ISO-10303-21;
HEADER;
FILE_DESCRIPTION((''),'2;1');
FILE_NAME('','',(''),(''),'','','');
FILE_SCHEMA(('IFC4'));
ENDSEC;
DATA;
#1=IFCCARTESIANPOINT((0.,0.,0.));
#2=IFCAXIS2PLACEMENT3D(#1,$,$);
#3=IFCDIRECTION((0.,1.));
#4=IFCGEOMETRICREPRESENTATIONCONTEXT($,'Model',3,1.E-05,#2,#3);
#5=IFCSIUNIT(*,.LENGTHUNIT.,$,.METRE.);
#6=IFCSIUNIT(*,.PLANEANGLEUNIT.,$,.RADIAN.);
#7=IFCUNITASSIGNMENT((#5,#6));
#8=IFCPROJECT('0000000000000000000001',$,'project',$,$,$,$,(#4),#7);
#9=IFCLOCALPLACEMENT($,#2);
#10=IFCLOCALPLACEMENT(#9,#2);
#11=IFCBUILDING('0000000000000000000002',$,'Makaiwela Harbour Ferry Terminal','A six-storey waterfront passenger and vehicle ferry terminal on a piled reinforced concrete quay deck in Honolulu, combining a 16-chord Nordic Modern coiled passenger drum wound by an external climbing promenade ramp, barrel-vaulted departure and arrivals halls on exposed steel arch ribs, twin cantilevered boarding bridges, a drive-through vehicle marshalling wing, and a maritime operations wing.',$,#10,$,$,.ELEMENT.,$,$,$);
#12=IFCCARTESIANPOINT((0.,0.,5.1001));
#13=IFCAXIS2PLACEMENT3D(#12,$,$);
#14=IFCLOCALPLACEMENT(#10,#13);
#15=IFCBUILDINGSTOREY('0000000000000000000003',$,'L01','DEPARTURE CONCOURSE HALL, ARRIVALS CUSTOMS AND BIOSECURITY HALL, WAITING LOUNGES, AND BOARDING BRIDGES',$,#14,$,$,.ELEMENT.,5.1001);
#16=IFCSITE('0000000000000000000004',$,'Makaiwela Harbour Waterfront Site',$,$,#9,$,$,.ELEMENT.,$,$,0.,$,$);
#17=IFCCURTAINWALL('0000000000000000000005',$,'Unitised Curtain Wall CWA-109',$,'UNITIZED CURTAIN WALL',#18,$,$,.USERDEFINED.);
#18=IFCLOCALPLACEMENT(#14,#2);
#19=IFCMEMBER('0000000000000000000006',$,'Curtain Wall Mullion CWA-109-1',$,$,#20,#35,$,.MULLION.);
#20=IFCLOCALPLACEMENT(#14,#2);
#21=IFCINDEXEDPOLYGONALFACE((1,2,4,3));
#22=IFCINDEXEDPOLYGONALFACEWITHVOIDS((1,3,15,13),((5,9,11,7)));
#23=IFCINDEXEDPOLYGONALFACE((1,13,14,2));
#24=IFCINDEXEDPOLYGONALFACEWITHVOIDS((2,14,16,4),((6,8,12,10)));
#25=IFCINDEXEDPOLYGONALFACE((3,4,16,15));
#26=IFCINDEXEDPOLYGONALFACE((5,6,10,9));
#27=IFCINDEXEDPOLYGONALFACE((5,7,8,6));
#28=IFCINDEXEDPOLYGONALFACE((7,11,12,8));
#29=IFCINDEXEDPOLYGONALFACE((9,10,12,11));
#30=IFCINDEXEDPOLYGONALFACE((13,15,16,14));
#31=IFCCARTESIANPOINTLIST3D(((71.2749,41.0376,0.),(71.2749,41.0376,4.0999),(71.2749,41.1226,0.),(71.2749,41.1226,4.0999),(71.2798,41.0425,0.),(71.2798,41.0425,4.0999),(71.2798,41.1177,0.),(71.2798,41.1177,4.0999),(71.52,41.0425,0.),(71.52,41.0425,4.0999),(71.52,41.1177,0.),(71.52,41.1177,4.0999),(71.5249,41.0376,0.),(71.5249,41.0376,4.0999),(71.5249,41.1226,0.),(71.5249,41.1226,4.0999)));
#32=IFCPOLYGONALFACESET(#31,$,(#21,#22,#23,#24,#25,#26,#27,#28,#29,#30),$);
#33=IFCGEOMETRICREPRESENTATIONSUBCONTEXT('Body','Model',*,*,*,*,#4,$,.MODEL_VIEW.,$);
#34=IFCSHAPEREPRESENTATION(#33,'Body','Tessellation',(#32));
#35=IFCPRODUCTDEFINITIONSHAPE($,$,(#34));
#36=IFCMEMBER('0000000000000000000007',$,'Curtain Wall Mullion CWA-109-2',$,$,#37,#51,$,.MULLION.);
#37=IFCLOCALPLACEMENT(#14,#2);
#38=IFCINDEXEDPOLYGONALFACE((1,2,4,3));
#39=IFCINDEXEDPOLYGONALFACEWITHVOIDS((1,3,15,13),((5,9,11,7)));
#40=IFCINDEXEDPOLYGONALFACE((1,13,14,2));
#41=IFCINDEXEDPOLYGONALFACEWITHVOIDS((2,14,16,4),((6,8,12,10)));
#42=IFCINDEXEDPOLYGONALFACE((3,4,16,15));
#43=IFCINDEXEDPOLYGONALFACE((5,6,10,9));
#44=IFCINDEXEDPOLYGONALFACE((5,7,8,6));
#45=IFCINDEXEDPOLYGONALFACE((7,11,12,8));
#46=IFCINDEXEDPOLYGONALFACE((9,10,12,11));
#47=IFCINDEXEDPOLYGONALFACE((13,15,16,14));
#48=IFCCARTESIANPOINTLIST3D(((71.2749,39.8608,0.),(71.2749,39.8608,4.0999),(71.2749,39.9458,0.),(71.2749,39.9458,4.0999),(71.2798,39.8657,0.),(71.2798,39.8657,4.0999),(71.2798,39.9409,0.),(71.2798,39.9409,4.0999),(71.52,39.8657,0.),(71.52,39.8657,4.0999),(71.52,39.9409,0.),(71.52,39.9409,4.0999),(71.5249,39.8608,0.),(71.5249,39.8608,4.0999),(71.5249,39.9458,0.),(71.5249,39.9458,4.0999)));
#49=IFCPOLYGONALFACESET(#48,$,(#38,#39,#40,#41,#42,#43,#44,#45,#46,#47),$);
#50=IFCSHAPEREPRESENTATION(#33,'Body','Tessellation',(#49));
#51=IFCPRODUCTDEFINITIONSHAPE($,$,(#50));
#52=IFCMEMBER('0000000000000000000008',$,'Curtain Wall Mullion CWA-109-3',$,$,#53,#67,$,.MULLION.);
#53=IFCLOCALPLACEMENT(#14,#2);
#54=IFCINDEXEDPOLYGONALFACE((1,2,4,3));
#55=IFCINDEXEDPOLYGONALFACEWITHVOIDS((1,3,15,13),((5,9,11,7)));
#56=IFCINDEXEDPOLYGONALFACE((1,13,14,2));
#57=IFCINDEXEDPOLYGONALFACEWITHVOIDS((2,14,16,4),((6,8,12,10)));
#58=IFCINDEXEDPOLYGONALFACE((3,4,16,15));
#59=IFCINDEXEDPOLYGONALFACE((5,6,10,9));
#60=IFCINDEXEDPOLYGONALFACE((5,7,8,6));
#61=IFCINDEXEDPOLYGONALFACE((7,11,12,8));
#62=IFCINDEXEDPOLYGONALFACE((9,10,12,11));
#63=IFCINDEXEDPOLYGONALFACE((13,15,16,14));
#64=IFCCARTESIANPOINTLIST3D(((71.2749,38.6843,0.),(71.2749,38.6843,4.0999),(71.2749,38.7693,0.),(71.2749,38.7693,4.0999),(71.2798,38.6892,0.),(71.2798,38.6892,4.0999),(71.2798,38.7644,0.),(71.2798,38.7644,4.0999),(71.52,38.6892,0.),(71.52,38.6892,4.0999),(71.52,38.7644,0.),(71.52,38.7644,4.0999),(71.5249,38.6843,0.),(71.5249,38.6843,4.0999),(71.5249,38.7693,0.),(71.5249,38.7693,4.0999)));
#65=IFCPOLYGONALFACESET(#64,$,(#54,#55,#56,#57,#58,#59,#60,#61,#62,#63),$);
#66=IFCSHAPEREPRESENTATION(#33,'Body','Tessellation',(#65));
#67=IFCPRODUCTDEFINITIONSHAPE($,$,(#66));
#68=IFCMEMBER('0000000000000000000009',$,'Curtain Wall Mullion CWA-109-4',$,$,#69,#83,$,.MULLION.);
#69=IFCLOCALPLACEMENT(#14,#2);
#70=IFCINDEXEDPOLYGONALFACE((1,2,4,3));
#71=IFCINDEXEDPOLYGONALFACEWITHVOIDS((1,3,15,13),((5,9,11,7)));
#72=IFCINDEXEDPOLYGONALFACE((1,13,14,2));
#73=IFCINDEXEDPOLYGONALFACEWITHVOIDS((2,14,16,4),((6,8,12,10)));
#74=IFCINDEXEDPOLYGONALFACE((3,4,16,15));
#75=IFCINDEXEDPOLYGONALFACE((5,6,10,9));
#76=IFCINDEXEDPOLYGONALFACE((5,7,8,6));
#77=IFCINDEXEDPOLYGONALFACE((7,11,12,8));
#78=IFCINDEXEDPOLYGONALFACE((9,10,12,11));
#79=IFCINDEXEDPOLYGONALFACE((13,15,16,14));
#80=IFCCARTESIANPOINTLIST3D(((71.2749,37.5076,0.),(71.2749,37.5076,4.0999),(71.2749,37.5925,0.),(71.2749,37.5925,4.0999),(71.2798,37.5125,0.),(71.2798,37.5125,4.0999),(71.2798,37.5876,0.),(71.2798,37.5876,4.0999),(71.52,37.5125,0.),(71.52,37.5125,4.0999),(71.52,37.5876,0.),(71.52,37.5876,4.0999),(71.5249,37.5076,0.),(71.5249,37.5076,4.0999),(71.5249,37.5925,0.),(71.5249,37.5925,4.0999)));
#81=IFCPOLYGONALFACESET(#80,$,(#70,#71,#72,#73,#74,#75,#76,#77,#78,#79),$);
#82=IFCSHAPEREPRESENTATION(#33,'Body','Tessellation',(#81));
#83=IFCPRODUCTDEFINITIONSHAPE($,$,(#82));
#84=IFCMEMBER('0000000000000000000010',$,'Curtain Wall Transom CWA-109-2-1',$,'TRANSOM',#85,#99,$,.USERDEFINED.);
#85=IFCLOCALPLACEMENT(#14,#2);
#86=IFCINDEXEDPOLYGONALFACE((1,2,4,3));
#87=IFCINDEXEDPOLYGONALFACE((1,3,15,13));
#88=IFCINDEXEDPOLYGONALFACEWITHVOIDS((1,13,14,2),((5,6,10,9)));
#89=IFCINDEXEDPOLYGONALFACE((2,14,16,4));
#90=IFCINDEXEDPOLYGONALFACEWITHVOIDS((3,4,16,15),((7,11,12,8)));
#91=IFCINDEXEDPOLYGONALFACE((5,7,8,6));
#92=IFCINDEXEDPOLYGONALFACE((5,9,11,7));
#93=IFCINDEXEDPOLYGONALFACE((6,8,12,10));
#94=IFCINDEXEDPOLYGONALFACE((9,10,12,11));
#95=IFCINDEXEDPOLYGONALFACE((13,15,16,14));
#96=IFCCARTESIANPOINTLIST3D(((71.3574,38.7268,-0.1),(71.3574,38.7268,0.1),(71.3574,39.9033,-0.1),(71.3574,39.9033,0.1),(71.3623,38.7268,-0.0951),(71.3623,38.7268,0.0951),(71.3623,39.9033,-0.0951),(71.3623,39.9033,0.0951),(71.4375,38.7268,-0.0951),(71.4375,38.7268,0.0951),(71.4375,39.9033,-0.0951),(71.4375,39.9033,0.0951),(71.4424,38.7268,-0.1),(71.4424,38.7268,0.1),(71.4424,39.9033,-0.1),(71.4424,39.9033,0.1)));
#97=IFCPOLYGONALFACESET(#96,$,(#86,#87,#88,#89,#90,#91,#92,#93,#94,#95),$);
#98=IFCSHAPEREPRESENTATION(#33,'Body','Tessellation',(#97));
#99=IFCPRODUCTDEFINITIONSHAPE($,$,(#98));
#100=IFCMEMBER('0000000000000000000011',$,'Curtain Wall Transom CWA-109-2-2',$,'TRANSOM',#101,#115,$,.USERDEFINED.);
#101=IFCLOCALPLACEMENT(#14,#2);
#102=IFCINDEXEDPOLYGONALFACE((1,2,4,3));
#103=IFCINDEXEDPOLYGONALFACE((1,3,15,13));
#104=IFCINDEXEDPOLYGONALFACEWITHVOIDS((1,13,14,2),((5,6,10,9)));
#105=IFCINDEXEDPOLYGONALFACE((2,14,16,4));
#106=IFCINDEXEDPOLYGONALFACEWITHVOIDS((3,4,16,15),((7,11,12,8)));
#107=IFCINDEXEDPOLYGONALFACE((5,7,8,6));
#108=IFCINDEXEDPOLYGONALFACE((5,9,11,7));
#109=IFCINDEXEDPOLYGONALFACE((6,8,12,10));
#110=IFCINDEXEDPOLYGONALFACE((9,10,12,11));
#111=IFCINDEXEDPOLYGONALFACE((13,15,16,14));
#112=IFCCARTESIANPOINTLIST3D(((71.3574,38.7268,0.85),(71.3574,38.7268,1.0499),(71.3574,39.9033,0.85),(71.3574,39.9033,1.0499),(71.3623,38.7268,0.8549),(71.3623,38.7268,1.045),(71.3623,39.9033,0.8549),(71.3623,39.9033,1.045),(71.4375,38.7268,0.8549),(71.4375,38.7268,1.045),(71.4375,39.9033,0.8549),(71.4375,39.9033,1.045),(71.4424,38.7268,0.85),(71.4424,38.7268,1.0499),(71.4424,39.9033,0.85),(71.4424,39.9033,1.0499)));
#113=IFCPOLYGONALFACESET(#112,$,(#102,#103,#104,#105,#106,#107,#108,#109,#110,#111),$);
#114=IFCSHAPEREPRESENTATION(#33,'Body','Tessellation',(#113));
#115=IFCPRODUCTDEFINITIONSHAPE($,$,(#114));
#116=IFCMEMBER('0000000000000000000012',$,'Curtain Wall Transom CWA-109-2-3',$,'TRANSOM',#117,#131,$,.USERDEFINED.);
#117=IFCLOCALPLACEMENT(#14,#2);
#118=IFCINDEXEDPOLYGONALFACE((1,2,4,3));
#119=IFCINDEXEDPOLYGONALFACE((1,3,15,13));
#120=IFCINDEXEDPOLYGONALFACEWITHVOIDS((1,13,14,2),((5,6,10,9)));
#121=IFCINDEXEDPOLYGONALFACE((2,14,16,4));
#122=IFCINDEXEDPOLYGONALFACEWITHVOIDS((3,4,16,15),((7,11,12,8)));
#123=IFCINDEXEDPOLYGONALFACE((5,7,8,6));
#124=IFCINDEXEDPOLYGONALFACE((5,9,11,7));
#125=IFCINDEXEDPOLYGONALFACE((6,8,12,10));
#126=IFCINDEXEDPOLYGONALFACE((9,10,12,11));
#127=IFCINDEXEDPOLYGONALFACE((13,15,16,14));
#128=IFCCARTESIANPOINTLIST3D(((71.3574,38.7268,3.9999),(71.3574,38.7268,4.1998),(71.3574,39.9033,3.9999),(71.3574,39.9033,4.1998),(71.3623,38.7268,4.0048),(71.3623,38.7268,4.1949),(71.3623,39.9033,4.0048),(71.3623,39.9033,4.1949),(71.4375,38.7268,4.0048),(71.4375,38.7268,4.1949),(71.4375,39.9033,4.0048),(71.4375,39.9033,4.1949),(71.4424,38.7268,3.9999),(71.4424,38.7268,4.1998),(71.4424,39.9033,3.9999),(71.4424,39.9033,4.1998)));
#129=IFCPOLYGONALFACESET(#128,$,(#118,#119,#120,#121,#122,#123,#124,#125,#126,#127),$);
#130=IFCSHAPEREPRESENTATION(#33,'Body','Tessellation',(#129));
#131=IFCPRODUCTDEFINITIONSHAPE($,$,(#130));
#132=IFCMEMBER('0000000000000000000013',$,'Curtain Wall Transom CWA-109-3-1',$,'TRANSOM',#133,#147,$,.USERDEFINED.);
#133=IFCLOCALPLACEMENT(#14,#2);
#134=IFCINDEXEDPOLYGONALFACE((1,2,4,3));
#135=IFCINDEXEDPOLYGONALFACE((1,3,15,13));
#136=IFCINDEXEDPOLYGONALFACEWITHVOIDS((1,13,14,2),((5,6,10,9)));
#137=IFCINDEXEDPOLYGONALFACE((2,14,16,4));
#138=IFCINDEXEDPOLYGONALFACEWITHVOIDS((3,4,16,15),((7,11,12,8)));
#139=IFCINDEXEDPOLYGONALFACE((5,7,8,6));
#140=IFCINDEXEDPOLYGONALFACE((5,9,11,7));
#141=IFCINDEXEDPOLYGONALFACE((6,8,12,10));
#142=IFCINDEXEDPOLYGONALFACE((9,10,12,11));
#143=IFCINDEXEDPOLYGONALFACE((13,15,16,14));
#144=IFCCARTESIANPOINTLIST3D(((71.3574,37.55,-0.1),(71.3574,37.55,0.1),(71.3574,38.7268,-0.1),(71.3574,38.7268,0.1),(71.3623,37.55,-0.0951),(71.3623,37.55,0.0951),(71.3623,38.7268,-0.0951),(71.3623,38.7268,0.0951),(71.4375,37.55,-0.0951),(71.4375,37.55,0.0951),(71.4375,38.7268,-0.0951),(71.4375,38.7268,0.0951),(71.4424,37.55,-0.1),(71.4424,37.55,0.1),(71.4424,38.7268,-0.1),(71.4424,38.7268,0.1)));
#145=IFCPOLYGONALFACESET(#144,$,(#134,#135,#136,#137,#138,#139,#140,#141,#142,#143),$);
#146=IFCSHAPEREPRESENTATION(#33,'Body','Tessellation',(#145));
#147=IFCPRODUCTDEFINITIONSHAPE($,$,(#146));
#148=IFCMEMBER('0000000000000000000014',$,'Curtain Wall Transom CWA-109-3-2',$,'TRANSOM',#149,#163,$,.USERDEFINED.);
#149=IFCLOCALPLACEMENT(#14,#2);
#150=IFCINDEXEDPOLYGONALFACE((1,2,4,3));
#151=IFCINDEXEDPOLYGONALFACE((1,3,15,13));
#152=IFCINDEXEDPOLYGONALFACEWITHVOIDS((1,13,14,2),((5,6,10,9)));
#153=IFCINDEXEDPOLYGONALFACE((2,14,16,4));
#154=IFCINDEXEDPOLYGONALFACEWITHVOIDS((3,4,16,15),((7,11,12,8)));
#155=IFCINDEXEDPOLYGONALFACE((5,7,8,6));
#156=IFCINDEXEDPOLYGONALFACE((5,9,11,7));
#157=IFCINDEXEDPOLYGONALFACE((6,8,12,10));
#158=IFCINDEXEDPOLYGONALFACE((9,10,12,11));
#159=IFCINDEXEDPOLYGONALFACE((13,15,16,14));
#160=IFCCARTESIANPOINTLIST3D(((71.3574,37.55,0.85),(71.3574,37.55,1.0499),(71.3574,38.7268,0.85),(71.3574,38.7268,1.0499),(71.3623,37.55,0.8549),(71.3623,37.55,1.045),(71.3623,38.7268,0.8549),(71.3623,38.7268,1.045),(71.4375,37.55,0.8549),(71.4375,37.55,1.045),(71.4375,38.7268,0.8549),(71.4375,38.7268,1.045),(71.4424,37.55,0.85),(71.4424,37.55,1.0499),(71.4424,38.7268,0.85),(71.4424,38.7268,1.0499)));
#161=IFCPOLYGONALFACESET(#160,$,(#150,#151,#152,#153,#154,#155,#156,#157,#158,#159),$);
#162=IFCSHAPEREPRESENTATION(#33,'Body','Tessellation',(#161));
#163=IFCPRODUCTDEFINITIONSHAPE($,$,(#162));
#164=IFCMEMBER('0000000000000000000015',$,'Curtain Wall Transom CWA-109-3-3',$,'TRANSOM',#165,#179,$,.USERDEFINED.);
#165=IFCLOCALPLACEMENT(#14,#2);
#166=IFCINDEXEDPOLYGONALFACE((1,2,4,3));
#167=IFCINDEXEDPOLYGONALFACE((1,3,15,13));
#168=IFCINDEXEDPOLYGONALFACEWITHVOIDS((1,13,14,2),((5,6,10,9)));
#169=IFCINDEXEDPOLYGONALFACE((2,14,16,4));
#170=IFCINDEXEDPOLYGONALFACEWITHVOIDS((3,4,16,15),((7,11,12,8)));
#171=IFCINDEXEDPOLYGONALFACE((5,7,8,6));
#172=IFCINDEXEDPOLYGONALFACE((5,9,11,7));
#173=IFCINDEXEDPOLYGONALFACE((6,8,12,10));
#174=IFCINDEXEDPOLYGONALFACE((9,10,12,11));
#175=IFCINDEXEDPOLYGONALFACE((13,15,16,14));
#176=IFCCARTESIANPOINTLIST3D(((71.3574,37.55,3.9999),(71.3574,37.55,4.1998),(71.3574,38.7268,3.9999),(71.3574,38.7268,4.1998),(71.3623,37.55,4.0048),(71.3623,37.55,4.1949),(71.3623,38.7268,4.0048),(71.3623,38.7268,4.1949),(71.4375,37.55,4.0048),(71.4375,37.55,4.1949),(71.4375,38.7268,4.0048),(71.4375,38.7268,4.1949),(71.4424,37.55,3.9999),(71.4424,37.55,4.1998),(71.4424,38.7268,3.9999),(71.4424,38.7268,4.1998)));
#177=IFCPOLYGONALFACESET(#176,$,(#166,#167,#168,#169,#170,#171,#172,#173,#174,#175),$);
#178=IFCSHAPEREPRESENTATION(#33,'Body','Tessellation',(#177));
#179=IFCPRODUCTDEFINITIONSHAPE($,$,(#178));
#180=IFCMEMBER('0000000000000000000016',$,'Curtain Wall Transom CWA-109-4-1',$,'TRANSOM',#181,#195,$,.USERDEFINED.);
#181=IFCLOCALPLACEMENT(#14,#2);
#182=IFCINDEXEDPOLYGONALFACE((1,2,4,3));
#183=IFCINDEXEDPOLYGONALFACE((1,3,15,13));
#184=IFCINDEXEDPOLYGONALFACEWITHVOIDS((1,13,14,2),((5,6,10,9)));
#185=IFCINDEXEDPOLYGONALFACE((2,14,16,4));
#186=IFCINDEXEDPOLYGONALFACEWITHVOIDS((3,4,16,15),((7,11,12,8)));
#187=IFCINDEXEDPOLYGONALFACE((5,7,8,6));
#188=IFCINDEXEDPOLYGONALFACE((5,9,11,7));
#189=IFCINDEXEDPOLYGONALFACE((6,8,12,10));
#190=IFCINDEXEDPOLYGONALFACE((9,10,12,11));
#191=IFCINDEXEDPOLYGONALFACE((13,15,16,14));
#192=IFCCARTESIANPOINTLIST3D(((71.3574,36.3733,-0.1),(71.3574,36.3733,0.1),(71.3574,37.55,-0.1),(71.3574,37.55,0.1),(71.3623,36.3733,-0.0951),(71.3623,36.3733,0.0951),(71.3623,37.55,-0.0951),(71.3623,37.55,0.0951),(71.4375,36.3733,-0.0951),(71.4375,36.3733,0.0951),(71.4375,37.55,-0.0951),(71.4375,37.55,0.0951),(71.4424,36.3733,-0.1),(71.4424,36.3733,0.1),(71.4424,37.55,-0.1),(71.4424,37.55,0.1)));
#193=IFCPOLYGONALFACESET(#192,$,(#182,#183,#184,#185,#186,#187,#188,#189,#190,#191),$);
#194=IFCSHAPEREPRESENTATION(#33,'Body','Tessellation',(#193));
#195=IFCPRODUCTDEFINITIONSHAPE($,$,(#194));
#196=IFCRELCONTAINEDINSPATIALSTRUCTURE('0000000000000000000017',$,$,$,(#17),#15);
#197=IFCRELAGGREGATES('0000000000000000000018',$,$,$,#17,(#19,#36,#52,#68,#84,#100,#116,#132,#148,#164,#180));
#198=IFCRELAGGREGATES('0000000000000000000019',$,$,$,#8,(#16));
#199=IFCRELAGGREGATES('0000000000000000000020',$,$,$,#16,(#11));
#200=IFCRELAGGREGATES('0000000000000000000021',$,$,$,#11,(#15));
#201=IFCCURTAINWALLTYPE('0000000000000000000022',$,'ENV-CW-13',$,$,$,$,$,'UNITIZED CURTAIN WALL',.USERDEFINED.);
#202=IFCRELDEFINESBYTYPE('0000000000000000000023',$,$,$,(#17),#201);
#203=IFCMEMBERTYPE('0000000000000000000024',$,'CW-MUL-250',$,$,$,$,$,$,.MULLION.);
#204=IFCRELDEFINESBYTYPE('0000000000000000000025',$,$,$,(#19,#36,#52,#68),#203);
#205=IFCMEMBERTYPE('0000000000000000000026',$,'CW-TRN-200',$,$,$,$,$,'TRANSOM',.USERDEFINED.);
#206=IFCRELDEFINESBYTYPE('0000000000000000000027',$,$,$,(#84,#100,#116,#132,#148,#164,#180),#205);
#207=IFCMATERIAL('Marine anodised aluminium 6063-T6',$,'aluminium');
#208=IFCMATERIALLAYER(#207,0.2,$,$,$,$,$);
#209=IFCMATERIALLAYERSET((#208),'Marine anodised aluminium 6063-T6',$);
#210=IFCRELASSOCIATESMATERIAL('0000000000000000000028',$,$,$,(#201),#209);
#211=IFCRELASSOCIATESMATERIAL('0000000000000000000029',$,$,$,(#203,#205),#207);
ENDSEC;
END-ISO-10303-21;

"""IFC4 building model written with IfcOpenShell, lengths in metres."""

from ifc_helpers import new_model, si_unit, direction, frame, origin, origin_2d, place, context, subcontext, project, spatial, hollow_rectangle, extrude, material, layer, layer_set, material_profile, profile_set, type_object, element, aggregate, save


model = new_model("IFC4")

# Units and contexts
model_context = context("Model", 3, precision=1e-05, world=origin(), true_north=direction((0.0, 1.0)))
body_context = subcontext(model_context, "Body", "Model", "MODEL_VIEW")
ifc_project = project(units=[si_unit("LENGTHUNIT", "METRE"), si_unit("PLANEANGLEUNIT", "RADIAN")], contexts=[model_context])

# Site, building, storey
site_placement = place(None, origin())
site = spatial("IfcSite", under=ifc_project, at=site_placement, Name="Makaiwela Harbour Waterfront Site", CompositionType="ELEMENT", RefElevation=0.0)
building_placement = place(site_placement, origin())
building = spatial("IfcBuilding", under=site, at=building_placement, Name="Makaiwela Harbour Ferry Terminal", Description="A six-storey waterfront passenger and vehicle ferry terminal on a piled reinforced concrete quay deck in Honolulu, combining a 16-chord Nordic Modern coiled passenger drum wound by an external climbing promenade ramp, barrel-vaulted departure and arrivals halls on exposed steel arch ribs, twin cantilevered boarding bridges, a drive-through vehicle marshalling wing, and a maritime operations wing.", CompositionType="ELEMENT")
storey_placement = place(building_placement, frame((0.0, 0.0, 5.1001)))
storey = spatial("IfcBuildingStorey", under=building, at=storey_placement, Name="L01", Description="DEPARTURE CONCOURSE HALL, ARRIVALS CUSTOMS AND BIOSECURITY HALL, WAITING LOUNGES, AND BOARDING BRIDGES", CompositionType="ELEMENT", Elevation=5.1001)

# Curtain wall, members
ifc_material_1 = material(Name="Marine anodised aluminium 6063-T6", Category="aluminium")
ifc_layer_1 = layer(ifc_material_1, 0.2)
ifc_layer_set_1 = layer_set([ifc_layer_1], Name="Marine anodised aluminium 6063-T6")
curtain_wall_type = type_object("IfcCurtainWallType", Name="ENV-CW-13", ElementType="UNITIZED CURTAIN WALL", PredefinedType="USERDEFINED", material=ifc_layer_set_1)
curtain_wall_placement = place(storey_placement, origin())
curtain_wall = element("IfcCurtainWall", 1, at=curtain_wall_placement, inside=storey, type_object=curtain_wall_type, Name="Unitised Curtain Wall CWA-109", ObjectType="UNITIZED CURTAIN WALL", PredefinedType="USERDEFINED")
ifc_material_profile_1 = material_profile(ifc_material_1, hollow_rectangle(XDim=0.085, YDim=0.25, WallThickness=0.0049, at=origin_2d()), Name="CWM-250X85")
ifc_profile_set_1 = profile_set([ifc_material_profile_1], Name="Marine anodised aluminium 6063-T6")
member_type_1 = type_object("IfcMemberType", Name="CW-MUL-250", PredefinedType="MULLION", material=ifc_profile_set_1)
member_1_placement = place(storey_placement, frame((71.3999, 41.0801, 0.0), z_axis=(0.0, 0.0, 1.0), x_axis=(0.0, 1.0, 0.0)))
member_1 = element("IfcMember", 2, at=member_1_placement, type_object=member_type_1, Name="Curtain Wall Mullion CWA-109-1", PredefinedType="MULLION", context=body_context, shape_type="SweptSolid", body=[
    extrude(hollow_rectangle(XDim=0.085, YDim=0.25, WallThickness=0.0049, at=origin_2d()), origin(), (0.0, 0.0, 1.0), 4.0999),
])
member_2_placement = place(storey_placement, frame((71.3999, 39.9033, 0.0), z_axis=(0.0, 0.0, 1.0), x_axis=(0.0, 1.0, 0.0)))
member_2 = element("IfcMember", 3, at=member_2_placement, type_object=member_type_1, Name="Curtain Wall Mullion CWA-109-2", PredefinedType="MULLION", context=body_context, shape_type="SweptSolid", body=[
    extrude(hollow_rectangle(XDim=0.085, YDim=0.25, WallThickness=0.0049, at=origin_2d()), origin(), (0.0, 0.0, 1.0), 4.0999),
])
member_3_placement = place(storey_placement, frame((71.3999, 38.7268, 0.0), z_axis=(0.0, 0.0, 1.0), x_axis=(0.0, 1.0, 0.0)))
member_3 = element("IfcMember", 4, at=member_3_placement, type_object=member_type_1, Name="Curtain Wall Mullion CWA-109-3", PredefinedType="MULLION", context=body_context, shape_type="SweptSolid", body=[
    extrude(hollow_rectangle(XDim=0.085, YDim=0.25, WallThickness=0.0049, at=origin_2d()), origin(), (0.0, 0.0, 1.0), 4.0999),
])
member_4_placement = place(storey_placement, frame((71.3999, 37.55, 0.0), z_axis=(0.0, 0.0, 1.0), x_axis=(0.0, 1.0, 0.0)))
member_4 = element("IfcMember", 5, at=member_4_placement, type_object=member_type_1, Name="Curtain Wall Mullion CWA-109-4", PredefinedType="MULLION", context=body_context, shape_type="SweptSolid", body=[
    extrude(hollow_rectangle(XDim=0.085, YDim=0.25, WallThickness=0.0049, at=origin_2d()), origin(), (0.0, 0.0, 1.0), 4.0999),
])
ifc_material_profile_2 = material_profile(ifc_material_1, hollow_rectangle(XDim=0.085, YDim=0.2, WallThickness=0.0049, at=origin_2d()), Name="CWT-200X85")
ifc_profile_set_2 = profile_set([ifc_material_profile_2], Name="Marine anodised aluminium 6063-T6")
member_type_2 = type_object("IfcMemberType", Name="CW-TRN-200", ElementType="TRANSOM", PredefinedType="USERDEFINED", material=ifc_profile_set_2)
member_5_placement = place(storey_placement, frame((71.3999, 39.9033, 0.0), z_axis=(0.0, -1.0, 0.0), x_axis=(1.0, 0.0, 0.0)))
member_5 = element("IfcMember", 6, at=member_5_placement, type_object=member_type_2, Name="Curtain Wall Transom CWA-109-2-1", ObjectType="TRANSOM", PredefinedType="USERDEFINED", context=body_context, shape_type="SweptSolid", body=[
    extrude(hollow_rectangle(XDim=0.085, YDim=0.2, WallThickness=0.0049, at=origin_2d()), origin(), (0.0, 0.0, 1.0), 1.1765),
])
member_6_placement = place(storey_placement, frame((71.3999, 39.9033, 0.95), z_axis=(0.0, -1.0, 0.0), x_axis=(1.0, 0.0, 0.0)))
member_6 = element("IfcMember", 7, at=member_6_placement, type_object=member_type_2, Name="Curtain Wall Transom CWA-109-2-2", ObjectType="TRANSOM", PredefinedType="USERDEFINED", context=body_context, shape_type="SweptSolid", body=[
    extrude(hollow_rectangle(XDim=0.085, YDim=0.2, WallThickness=0.0049, at=origin_2d()), origin(), (0.0, 0.0, 1.0), 1.1765),
])
member_7_placement = place(storey_placement, frame((71.3999, 39.9033, 4.0999), z_axis=(0.0, -1.0, 0.0), x_axis=(1.0, 0.0, 0.0)))
member_7 = element("IfcMember", 8, at=member_7_placement, type_object=member_type_2, Name="Curtain Wall Transom CWA-109-2-3", ObjectType="TRANSOM", PredefinedType="USERDEFINED", context=body_context, shape_type="SweptSolid", body=[
    extrude(hollow_rectangle(XDim=0.085, YDim=0.2, WallThickness=0.0049, at=origin_2d()), origin(), (0.0, 0.0, 1.0), 1.1765),
])
member_8_placement = place(storey_placement, frame((71.3999, 38.7268, 0.0), z_axis=(0.0, -1.0, 0.0), x_axis=(1.0, 0.0, 0.0)))
member_8 = element("IfcMember", 9, at=member_8_placement, type_object=member_type_2, Name="Curtain Wall Transom CWA-109-3-1", ObjectType="TRANSOM", PredefinedType="USERDEFINED", context=body_context, shape_type="SweptSolid", body=[
    extrude(hollow_rectangle(XDim=0.085, YDim=0.2, WallThickness=0.0049, at=origin_2d()), origin(), (0.0, 0.0, 1.0), 1.1768),
])
member_9_placement = place(storey_placement, frame((71.3999, 38.7268, 0.95), z_axis=(0.0, -1.0, 0.0), x_axis=(1.0, 0.0, 0.0)))
member_9 = element("IfcMember", 10, at=member_9_placement, type_object=member_type_2, Name="Curtain Wall Transom CWA-109-3-2", ObjectType="TRANSOM", PredefinedType="USERDEFINED", context=body_context, shape_type="SweptSolid", body=[
    extrude(hollow_rectangle(XDim=0.085, YDim=0.2, WallThickness=0.0049, at=origin_2d()), origin(), (0.0, 0.0, 1.0), 1.1768),
])
member_10_placement = place(storey_placement, frame((71.3999, 38.7268, 4.0999), z_axis=(0.0, -1.0, 0.0), x_axis=(1.0, 0.0, 0.0)))
member_10 = element("IfcMember", 11, at=member_10_placement, type_object=member_type_2, Name="Curtain Wall Transom CWA-109-3-3", ObjectType="TRANSOM", PredefinedType="USERDEFINED", context=body_context, shape_type="SweptSolid", body=[
    extrude(hollow_rectangle(XDim=0.085, YDim=0.2, WallThickness=0.0049, at=origin_2d()), origin(), (0.0, 0.0, 1.0), 1.1768),
])
member_11_placement = place(storey_placement, frame((71.3999, 37.55, 0.0), z_axis=(0.0, -1.0, 0.0), x_axis=(1.0, 0.0, 0.0)))
member_11 = element("IfcMember", 12, at=member_11_placement, type_object=member_type_2, Name="Curtain Wall Transom CWA-109-4-1", ObjectType="TRANSOM", PredefinedType="USERDEFINED", context=body_context, shape_type="SweptSolid", body=[
    extrude(hollow_rectangle(XDim=0.085, YDim=0.2, WallThickness=0.0049, at=origin_2d()), origin(), (0.0, 0.0, 1.0), 1.1768),
])
aggregate(curtain_wall, [member_1, member_2, member_3, member_4, member_5, member_6, member_7, member_8, member_9, member_10, member_11])

save(model, "model.ifc")
